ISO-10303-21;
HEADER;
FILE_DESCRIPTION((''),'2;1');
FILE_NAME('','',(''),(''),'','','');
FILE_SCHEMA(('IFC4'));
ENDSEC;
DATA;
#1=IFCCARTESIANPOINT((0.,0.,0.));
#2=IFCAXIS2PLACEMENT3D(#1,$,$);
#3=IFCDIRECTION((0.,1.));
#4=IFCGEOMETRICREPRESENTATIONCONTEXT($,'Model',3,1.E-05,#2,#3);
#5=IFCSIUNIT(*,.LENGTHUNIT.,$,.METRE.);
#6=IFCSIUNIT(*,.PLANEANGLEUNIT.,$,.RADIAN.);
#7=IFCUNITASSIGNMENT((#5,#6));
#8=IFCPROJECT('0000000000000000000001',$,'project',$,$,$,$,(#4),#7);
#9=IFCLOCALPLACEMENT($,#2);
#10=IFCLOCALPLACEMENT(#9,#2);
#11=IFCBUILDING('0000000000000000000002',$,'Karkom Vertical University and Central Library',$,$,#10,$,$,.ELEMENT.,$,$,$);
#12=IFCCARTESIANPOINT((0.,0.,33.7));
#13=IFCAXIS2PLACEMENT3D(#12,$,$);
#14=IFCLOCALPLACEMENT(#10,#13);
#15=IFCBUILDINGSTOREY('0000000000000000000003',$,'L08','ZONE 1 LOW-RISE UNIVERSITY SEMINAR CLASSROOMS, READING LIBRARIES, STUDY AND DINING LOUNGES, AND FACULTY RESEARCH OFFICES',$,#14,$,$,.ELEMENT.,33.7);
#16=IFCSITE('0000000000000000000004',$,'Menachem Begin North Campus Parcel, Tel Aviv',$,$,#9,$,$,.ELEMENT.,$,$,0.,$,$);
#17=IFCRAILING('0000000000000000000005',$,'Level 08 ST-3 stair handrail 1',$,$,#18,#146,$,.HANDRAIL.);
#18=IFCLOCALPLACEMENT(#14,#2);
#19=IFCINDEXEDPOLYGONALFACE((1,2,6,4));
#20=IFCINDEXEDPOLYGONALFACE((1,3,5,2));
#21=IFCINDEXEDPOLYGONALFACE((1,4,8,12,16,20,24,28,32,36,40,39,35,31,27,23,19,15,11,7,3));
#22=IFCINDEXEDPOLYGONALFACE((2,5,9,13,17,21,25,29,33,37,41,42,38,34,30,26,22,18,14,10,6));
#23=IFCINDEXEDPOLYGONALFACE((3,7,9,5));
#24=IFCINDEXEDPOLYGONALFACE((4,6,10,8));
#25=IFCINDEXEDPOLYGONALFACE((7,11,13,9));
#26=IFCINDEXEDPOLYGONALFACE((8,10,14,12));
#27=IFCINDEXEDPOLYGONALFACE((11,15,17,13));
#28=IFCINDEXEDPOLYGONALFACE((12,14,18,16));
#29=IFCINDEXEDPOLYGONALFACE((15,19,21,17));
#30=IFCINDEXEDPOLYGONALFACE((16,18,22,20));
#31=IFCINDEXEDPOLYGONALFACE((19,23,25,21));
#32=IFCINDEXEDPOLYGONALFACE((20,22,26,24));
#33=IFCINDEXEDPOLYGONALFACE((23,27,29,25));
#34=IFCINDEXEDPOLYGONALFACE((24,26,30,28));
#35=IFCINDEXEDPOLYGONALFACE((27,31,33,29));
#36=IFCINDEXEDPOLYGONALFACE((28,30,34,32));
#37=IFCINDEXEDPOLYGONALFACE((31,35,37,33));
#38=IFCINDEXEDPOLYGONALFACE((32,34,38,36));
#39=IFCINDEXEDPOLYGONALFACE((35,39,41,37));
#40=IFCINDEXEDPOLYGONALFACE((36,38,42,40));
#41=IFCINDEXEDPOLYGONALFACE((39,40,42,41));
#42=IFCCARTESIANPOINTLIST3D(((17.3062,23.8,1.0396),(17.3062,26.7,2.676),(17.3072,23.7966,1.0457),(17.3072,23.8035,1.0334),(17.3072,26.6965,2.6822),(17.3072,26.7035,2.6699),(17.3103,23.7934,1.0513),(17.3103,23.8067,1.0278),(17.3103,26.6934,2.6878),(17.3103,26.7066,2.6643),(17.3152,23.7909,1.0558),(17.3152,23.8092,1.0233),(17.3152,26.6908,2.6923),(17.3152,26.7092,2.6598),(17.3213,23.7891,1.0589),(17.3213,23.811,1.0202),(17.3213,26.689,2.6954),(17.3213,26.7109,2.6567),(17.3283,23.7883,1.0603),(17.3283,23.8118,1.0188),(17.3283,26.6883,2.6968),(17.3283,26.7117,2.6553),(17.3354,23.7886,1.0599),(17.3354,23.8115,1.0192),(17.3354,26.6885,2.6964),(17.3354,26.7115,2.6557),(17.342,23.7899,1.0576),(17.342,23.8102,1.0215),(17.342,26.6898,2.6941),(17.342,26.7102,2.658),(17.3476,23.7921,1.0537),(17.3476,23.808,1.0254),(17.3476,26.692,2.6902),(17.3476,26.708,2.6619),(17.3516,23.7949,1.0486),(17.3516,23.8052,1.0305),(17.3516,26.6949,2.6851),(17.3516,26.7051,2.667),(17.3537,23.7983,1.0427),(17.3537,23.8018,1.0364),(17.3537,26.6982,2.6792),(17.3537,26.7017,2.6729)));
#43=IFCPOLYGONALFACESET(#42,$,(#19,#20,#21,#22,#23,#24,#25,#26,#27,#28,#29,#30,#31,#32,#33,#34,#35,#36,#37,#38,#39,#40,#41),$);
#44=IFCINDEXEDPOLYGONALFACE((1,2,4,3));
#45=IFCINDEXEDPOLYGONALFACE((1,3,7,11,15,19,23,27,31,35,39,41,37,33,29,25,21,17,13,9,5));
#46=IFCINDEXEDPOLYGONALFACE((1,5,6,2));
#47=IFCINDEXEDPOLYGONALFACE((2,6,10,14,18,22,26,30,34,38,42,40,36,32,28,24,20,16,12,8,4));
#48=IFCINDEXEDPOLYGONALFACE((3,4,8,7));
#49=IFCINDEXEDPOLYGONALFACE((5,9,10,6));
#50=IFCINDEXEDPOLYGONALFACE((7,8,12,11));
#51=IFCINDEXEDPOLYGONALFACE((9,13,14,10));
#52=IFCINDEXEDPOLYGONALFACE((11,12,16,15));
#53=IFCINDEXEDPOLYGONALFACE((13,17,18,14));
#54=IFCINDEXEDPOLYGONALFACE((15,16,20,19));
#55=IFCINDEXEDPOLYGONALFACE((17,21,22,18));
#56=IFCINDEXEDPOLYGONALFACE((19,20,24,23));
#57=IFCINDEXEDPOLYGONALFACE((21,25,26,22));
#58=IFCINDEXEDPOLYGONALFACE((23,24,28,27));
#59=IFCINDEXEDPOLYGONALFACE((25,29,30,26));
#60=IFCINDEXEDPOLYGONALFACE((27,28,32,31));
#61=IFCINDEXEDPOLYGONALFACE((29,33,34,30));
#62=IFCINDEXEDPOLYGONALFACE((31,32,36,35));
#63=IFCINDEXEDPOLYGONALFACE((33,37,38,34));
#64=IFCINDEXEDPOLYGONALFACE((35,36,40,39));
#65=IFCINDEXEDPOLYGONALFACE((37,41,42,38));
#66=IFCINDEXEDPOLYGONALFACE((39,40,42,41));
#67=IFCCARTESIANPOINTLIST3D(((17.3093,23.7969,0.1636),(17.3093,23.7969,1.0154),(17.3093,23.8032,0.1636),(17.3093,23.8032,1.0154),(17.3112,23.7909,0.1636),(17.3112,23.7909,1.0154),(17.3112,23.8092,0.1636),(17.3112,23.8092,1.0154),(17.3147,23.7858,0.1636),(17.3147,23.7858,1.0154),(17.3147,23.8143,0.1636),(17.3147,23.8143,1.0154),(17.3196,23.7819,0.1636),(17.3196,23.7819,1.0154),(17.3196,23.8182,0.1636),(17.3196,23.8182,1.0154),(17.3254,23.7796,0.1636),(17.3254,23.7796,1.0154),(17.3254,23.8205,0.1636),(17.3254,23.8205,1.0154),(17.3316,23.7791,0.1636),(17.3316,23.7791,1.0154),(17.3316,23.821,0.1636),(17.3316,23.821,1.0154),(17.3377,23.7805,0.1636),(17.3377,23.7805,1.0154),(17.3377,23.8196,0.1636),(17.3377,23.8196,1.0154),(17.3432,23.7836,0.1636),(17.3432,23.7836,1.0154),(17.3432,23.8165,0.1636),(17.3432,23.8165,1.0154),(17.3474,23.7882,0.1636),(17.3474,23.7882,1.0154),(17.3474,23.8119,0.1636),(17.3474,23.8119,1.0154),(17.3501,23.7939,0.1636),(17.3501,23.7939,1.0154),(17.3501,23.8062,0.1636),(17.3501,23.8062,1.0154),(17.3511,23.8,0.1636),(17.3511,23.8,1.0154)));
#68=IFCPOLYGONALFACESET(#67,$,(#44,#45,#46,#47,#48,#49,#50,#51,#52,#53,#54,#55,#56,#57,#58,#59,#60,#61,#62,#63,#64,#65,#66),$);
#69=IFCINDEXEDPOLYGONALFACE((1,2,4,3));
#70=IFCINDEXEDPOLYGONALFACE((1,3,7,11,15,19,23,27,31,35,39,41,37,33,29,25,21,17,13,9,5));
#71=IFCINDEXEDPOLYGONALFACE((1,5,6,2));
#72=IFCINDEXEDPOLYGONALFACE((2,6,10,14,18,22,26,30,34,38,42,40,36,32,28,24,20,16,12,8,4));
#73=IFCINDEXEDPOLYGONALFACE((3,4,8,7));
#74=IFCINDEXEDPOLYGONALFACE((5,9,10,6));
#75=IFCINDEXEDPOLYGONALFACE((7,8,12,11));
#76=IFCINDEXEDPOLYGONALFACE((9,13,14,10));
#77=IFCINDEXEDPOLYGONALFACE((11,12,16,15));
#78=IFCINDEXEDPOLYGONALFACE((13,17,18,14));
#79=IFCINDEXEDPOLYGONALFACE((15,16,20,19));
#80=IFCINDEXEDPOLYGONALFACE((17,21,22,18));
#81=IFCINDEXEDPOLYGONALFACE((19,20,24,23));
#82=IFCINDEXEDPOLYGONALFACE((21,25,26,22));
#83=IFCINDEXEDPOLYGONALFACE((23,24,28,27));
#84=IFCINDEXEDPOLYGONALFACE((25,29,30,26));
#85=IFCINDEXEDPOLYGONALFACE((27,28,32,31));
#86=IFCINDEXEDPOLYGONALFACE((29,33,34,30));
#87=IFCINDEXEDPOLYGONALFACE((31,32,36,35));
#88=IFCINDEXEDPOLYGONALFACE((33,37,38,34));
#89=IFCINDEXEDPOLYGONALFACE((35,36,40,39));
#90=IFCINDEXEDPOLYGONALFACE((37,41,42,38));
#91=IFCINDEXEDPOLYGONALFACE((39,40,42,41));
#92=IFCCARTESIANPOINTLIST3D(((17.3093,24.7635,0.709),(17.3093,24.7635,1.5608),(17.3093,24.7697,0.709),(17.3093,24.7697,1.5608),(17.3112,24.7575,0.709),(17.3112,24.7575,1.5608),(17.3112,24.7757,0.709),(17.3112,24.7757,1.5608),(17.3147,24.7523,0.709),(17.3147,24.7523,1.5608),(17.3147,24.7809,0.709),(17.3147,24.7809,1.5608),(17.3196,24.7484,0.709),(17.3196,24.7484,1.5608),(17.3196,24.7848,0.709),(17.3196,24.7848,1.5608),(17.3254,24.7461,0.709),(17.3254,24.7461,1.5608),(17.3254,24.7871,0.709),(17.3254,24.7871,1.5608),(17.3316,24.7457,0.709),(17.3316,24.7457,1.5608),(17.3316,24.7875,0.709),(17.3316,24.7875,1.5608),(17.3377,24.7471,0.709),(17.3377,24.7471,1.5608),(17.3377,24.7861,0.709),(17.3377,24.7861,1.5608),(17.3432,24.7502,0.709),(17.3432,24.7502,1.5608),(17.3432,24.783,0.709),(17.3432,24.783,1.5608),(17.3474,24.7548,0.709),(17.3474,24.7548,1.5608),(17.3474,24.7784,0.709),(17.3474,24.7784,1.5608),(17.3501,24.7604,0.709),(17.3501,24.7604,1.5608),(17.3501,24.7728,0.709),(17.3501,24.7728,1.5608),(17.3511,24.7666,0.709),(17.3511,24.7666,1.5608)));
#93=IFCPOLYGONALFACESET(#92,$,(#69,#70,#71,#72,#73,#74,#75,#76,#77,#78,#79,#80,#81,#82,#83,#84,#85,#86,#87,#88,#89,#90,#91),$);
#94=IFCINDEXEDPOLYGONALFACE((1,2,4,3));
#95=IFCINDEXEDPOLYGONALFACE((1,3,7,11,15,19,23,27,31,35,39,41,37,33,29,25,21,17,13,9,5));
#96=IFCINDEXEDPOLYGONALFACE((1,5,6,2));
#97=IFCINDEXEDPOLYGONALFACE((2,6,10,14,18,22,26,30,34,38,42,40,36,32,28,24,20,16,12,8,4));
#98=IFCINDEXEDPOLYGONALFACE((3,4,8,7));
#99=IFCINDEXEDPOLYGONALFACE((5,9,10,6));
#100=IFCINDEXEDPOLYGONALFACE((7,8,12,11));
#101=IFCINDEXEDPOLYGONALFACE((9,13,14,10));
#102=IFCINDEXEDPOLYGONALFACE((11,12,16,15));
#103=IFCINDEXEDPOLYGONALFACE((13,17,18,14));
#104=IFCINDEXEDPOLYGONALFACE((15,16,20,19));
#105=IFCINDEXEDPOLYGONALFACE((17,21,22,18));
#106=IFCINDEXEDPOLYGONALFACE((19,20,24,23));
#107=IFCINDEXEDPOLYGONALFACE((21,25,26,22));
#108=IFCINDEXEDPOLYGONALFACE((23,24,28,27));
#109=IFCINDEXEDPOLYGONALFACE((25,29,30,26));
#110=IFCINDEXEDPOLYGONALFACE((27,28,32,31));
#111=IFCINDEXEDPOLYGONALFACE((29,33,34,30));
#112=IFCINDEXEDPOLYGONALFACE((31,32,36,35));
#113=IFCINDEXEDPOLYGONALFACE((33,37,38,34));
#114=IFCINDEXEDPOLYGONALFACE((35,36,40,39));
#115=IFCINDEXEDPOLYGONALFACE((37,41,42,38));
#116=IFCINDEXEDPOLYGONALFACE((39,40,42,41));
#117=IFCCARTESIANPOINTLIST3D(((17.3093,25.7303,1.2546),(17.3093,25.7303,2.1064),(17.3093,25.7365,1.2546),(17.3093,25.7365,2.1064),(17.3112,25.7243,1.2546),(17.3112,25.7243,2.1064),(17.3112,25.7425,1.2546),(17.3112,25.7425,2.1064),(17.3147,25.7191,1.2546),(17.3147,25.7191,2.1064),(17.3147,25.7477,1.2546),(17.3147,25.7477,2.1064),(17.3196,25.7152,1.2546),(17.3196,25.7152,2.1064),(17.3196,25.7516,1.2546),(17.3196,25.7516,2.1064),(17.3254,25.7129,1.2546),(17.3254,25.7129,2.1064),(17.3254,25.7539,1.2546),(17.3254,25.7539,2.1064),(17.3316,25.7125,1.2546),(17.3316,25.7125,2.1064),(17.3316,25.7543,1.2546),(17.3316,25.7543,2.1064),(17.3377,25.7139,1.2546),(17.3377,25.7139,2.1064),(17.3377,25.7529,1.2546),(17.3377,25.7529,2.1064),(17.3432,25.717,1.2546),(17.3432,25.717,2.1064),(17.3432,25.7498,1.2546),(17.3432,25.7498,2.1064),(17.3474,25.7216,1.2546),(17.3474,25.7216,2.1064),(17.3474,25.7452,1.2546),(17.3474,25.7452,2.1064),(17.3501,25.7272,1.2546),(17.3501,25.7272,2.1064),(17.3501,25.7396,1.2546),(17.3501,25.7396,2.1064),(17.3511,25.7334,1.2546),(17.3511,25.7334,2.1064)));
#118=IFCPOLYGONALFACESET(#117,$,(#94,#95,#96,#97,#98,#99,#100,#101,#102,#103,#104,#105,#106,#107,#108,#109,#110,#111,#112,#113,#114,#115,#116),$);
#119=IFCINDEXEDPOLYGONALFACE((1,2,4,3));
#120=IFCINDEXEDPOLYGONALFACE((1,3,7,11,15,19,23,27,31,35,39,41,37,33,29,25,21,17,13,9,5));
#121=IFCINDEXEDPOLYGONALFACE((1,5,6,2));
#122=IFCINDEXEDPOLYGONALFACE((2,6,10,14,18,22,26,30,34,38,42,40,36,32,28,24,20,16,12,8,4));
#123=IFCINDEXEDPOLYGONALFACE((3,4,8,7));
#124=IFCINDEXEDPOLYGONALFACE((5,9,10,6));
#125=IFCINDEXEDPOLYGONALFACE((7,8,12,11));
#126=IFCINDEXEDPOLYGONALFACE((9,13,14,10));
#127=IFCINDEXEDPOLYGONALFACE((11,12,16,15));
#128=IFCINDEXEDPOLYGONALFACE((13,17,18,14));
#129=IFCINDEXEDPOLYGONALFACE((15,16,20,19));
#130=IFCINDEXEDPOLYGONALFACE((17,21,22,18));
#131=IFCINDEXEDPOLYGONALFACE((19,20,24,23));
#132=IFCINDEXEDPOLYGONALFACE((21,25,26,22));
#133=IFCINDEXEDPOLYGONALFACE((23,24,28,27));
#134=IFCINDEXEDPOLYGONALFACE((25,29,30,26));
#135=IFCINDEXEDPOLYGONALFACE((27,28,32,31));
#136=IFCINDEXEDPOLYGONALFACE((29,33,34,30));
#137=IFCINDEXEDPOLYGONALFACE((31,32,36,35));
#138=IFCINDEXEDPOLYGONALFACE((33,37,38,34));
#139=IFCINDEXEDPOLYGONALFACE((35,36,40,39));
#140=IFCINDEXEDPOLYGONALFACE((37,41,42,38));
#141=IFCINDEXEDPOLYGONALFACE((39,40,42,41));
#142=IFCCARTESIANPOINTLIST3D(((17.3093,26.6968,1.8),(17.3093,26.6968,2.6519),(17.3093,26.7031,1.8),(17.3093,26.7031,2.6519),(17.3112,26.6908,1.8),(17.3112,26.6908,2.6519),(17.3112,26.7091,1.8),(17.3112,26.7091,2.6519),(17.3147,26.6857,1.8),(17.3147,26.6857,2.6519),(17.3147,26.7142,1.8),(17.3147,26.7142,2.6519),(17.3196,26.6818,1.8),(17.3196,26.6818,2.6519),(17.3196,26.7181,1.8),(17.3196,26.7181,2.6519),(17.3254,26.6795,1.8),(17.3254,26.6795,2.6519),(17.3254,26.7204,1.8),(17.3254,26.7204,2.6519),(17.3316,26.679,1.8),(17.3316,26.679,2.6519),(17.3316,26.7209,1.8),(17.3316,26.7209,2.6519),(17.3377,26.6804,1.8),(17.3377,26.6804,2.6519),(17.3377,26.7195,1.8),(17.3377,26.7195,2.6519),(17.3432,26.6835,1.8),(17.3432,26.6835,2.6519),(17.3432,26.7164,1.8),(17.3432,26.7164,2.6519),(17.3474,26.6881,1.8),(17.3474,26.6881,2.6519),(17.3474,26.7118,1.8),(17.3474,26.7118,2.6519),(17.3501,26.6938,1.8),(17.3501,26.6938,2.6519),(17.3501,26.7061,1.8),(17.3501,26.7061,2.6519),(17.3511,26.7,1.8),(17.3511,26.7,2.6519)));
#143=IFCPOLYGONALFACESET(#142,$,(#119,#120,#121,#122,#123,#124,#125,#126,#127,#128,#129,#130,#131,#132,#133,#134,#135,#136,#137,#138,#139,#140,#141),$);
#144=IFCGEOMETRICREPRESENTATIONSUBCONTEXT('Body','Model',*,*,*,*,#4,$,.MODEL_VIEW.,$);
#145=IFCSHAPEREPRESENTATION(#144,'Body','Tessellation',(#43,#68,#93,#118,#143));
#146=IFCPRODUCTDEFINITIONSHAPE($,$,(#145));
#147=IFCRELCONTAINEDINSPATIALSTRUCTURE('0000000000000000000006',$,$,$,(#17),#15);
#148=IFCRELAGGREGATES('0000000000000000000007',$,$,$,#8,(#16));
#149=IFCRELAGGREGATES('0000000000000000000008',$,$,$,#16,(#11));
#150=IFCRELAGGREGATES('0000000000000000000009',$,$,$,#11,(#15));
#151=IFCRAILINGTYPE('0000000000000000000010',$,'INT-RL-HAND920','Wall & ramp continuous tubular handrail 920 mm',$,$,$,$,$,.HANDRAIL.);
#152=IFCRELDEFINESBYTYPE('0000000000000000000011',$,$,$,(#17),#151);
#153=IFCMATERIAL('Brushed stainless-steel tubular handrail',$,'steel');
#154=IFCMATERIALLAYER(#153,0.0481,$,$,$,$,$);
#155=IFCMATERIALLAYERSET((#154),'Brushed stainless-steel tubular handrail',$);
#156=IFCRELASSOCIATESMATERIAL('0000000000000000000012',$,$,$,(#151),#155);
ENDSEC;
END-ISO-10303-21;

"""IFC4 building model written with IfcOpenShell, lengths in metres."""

from ifc_helpers import new_model, si_unit, direction, frame, origin, origin_2d, place, context, subcontext, project, spatial, circle, extrude, material, layer, layer_set, type_object, element, save


model = new_model("IFC4")

# Units and contexts
model_context = context("Model", 3, precision=1e-05, world=origin(), true_north=direction((0.0, 1.0)))
body_context = subcontext(model_context, "Body", "Model", "MODEL_VIEW")
ifc_project = project(units=[si_unit("LENGTHUNIT", "METRE"), si_unit("PLANEANGLEUNIT", "RADIAN")], contexts=[model_context])

# Site, building, storey
site_placement = place(None, origin())
site = spatial("IfcSite", under=ifc_project, at=site_placement, Name="Menachem Begin North Campus Parcel, Tel Aviv", CompositionType="ELEMENT", RefElevation=0.0)
building_placement = place(site_placement, origin())
building = spatial("IfcBuilding", under=site, at=building_placement, Name="Karkom Vertical University and Central Library", CompositionType="ELEMENT")
storey_placement = place(building_placement, frame((0.0, 0.0, 33.7)))
storey = spatial("IfcBuildingStorey", under=building, at=storey_placement, Name="L08", Description="ZONE 1 LOW-RISE UNIVERSITY SEMINAR CLASSROOMS, READING LIBRARIES, STUDY AND DINING LOUNGES, AND FACULTY RESEARCH OFFICES", CompositionType="ELEMENT", Elevation=33.7)

# Railing
ifc_material_1 = material(Name="Brushed stainless-steel tubular handrail", Category="steel")
ifc_layer_1 = layer(ifc_material_1, 0.0481)
ifc_layer_set_1 = layer_set([ifc_layer_1], Name="Brushed stainless-steel tubular handrail")
railing_type_1 = type_object("IfcRailingType", Name="INT-RL-HAND920", Description="Wall & ramp continuous tubular handrail 920 mm", PredefinedType="HANDRAIL", material=ifc_layer_set_1)
railing_1_placement = place(storey_placement, frame((17.3301, 23.8, 0.1636)))
element("IfcRailing", 1, at=railing_1_placement, inside=storey, type_object=railing_type_1, Name="Level 08 ST-3 stair handrail 1", PredefinedType="HANDRAIL", context=body_context, shape_type="SweptSolid", body=[
    extrude(circle(Radius=0.0239, at=origin_2d()), frame((0.0, 0.0, 0.876), z_axis=(0.0, 0.870897, 0.491465), x_axis=(-1.0, 0.0, 0.0)), (0.0, 0.0, 1.0), 3.3298),
    extrude(circle(Radius=0.021, at=origin_2d()), origin(), (0.0, 0.0, 1.0), 0.8518),
    extrude(circle(Radius=0.021, at=origin_2d()), frame((0.0, 0.9666, 0.5454)), (0.0, 0.0, 1.0), 0.8518),
    extrude(circle(Radius=0.021, at=origin_2d()), frame((0.0, 1.9333, 1.0911)), (0.0, 0.0, 1.0), 0.8518),
    extrude(circle(Radius=0.021, at=origin_2d()), frame((0.0, 2.8999, 1.6365)), (0.0, 0.0, 1.0), 0.8518),
])

save(model, "model.ifc")
